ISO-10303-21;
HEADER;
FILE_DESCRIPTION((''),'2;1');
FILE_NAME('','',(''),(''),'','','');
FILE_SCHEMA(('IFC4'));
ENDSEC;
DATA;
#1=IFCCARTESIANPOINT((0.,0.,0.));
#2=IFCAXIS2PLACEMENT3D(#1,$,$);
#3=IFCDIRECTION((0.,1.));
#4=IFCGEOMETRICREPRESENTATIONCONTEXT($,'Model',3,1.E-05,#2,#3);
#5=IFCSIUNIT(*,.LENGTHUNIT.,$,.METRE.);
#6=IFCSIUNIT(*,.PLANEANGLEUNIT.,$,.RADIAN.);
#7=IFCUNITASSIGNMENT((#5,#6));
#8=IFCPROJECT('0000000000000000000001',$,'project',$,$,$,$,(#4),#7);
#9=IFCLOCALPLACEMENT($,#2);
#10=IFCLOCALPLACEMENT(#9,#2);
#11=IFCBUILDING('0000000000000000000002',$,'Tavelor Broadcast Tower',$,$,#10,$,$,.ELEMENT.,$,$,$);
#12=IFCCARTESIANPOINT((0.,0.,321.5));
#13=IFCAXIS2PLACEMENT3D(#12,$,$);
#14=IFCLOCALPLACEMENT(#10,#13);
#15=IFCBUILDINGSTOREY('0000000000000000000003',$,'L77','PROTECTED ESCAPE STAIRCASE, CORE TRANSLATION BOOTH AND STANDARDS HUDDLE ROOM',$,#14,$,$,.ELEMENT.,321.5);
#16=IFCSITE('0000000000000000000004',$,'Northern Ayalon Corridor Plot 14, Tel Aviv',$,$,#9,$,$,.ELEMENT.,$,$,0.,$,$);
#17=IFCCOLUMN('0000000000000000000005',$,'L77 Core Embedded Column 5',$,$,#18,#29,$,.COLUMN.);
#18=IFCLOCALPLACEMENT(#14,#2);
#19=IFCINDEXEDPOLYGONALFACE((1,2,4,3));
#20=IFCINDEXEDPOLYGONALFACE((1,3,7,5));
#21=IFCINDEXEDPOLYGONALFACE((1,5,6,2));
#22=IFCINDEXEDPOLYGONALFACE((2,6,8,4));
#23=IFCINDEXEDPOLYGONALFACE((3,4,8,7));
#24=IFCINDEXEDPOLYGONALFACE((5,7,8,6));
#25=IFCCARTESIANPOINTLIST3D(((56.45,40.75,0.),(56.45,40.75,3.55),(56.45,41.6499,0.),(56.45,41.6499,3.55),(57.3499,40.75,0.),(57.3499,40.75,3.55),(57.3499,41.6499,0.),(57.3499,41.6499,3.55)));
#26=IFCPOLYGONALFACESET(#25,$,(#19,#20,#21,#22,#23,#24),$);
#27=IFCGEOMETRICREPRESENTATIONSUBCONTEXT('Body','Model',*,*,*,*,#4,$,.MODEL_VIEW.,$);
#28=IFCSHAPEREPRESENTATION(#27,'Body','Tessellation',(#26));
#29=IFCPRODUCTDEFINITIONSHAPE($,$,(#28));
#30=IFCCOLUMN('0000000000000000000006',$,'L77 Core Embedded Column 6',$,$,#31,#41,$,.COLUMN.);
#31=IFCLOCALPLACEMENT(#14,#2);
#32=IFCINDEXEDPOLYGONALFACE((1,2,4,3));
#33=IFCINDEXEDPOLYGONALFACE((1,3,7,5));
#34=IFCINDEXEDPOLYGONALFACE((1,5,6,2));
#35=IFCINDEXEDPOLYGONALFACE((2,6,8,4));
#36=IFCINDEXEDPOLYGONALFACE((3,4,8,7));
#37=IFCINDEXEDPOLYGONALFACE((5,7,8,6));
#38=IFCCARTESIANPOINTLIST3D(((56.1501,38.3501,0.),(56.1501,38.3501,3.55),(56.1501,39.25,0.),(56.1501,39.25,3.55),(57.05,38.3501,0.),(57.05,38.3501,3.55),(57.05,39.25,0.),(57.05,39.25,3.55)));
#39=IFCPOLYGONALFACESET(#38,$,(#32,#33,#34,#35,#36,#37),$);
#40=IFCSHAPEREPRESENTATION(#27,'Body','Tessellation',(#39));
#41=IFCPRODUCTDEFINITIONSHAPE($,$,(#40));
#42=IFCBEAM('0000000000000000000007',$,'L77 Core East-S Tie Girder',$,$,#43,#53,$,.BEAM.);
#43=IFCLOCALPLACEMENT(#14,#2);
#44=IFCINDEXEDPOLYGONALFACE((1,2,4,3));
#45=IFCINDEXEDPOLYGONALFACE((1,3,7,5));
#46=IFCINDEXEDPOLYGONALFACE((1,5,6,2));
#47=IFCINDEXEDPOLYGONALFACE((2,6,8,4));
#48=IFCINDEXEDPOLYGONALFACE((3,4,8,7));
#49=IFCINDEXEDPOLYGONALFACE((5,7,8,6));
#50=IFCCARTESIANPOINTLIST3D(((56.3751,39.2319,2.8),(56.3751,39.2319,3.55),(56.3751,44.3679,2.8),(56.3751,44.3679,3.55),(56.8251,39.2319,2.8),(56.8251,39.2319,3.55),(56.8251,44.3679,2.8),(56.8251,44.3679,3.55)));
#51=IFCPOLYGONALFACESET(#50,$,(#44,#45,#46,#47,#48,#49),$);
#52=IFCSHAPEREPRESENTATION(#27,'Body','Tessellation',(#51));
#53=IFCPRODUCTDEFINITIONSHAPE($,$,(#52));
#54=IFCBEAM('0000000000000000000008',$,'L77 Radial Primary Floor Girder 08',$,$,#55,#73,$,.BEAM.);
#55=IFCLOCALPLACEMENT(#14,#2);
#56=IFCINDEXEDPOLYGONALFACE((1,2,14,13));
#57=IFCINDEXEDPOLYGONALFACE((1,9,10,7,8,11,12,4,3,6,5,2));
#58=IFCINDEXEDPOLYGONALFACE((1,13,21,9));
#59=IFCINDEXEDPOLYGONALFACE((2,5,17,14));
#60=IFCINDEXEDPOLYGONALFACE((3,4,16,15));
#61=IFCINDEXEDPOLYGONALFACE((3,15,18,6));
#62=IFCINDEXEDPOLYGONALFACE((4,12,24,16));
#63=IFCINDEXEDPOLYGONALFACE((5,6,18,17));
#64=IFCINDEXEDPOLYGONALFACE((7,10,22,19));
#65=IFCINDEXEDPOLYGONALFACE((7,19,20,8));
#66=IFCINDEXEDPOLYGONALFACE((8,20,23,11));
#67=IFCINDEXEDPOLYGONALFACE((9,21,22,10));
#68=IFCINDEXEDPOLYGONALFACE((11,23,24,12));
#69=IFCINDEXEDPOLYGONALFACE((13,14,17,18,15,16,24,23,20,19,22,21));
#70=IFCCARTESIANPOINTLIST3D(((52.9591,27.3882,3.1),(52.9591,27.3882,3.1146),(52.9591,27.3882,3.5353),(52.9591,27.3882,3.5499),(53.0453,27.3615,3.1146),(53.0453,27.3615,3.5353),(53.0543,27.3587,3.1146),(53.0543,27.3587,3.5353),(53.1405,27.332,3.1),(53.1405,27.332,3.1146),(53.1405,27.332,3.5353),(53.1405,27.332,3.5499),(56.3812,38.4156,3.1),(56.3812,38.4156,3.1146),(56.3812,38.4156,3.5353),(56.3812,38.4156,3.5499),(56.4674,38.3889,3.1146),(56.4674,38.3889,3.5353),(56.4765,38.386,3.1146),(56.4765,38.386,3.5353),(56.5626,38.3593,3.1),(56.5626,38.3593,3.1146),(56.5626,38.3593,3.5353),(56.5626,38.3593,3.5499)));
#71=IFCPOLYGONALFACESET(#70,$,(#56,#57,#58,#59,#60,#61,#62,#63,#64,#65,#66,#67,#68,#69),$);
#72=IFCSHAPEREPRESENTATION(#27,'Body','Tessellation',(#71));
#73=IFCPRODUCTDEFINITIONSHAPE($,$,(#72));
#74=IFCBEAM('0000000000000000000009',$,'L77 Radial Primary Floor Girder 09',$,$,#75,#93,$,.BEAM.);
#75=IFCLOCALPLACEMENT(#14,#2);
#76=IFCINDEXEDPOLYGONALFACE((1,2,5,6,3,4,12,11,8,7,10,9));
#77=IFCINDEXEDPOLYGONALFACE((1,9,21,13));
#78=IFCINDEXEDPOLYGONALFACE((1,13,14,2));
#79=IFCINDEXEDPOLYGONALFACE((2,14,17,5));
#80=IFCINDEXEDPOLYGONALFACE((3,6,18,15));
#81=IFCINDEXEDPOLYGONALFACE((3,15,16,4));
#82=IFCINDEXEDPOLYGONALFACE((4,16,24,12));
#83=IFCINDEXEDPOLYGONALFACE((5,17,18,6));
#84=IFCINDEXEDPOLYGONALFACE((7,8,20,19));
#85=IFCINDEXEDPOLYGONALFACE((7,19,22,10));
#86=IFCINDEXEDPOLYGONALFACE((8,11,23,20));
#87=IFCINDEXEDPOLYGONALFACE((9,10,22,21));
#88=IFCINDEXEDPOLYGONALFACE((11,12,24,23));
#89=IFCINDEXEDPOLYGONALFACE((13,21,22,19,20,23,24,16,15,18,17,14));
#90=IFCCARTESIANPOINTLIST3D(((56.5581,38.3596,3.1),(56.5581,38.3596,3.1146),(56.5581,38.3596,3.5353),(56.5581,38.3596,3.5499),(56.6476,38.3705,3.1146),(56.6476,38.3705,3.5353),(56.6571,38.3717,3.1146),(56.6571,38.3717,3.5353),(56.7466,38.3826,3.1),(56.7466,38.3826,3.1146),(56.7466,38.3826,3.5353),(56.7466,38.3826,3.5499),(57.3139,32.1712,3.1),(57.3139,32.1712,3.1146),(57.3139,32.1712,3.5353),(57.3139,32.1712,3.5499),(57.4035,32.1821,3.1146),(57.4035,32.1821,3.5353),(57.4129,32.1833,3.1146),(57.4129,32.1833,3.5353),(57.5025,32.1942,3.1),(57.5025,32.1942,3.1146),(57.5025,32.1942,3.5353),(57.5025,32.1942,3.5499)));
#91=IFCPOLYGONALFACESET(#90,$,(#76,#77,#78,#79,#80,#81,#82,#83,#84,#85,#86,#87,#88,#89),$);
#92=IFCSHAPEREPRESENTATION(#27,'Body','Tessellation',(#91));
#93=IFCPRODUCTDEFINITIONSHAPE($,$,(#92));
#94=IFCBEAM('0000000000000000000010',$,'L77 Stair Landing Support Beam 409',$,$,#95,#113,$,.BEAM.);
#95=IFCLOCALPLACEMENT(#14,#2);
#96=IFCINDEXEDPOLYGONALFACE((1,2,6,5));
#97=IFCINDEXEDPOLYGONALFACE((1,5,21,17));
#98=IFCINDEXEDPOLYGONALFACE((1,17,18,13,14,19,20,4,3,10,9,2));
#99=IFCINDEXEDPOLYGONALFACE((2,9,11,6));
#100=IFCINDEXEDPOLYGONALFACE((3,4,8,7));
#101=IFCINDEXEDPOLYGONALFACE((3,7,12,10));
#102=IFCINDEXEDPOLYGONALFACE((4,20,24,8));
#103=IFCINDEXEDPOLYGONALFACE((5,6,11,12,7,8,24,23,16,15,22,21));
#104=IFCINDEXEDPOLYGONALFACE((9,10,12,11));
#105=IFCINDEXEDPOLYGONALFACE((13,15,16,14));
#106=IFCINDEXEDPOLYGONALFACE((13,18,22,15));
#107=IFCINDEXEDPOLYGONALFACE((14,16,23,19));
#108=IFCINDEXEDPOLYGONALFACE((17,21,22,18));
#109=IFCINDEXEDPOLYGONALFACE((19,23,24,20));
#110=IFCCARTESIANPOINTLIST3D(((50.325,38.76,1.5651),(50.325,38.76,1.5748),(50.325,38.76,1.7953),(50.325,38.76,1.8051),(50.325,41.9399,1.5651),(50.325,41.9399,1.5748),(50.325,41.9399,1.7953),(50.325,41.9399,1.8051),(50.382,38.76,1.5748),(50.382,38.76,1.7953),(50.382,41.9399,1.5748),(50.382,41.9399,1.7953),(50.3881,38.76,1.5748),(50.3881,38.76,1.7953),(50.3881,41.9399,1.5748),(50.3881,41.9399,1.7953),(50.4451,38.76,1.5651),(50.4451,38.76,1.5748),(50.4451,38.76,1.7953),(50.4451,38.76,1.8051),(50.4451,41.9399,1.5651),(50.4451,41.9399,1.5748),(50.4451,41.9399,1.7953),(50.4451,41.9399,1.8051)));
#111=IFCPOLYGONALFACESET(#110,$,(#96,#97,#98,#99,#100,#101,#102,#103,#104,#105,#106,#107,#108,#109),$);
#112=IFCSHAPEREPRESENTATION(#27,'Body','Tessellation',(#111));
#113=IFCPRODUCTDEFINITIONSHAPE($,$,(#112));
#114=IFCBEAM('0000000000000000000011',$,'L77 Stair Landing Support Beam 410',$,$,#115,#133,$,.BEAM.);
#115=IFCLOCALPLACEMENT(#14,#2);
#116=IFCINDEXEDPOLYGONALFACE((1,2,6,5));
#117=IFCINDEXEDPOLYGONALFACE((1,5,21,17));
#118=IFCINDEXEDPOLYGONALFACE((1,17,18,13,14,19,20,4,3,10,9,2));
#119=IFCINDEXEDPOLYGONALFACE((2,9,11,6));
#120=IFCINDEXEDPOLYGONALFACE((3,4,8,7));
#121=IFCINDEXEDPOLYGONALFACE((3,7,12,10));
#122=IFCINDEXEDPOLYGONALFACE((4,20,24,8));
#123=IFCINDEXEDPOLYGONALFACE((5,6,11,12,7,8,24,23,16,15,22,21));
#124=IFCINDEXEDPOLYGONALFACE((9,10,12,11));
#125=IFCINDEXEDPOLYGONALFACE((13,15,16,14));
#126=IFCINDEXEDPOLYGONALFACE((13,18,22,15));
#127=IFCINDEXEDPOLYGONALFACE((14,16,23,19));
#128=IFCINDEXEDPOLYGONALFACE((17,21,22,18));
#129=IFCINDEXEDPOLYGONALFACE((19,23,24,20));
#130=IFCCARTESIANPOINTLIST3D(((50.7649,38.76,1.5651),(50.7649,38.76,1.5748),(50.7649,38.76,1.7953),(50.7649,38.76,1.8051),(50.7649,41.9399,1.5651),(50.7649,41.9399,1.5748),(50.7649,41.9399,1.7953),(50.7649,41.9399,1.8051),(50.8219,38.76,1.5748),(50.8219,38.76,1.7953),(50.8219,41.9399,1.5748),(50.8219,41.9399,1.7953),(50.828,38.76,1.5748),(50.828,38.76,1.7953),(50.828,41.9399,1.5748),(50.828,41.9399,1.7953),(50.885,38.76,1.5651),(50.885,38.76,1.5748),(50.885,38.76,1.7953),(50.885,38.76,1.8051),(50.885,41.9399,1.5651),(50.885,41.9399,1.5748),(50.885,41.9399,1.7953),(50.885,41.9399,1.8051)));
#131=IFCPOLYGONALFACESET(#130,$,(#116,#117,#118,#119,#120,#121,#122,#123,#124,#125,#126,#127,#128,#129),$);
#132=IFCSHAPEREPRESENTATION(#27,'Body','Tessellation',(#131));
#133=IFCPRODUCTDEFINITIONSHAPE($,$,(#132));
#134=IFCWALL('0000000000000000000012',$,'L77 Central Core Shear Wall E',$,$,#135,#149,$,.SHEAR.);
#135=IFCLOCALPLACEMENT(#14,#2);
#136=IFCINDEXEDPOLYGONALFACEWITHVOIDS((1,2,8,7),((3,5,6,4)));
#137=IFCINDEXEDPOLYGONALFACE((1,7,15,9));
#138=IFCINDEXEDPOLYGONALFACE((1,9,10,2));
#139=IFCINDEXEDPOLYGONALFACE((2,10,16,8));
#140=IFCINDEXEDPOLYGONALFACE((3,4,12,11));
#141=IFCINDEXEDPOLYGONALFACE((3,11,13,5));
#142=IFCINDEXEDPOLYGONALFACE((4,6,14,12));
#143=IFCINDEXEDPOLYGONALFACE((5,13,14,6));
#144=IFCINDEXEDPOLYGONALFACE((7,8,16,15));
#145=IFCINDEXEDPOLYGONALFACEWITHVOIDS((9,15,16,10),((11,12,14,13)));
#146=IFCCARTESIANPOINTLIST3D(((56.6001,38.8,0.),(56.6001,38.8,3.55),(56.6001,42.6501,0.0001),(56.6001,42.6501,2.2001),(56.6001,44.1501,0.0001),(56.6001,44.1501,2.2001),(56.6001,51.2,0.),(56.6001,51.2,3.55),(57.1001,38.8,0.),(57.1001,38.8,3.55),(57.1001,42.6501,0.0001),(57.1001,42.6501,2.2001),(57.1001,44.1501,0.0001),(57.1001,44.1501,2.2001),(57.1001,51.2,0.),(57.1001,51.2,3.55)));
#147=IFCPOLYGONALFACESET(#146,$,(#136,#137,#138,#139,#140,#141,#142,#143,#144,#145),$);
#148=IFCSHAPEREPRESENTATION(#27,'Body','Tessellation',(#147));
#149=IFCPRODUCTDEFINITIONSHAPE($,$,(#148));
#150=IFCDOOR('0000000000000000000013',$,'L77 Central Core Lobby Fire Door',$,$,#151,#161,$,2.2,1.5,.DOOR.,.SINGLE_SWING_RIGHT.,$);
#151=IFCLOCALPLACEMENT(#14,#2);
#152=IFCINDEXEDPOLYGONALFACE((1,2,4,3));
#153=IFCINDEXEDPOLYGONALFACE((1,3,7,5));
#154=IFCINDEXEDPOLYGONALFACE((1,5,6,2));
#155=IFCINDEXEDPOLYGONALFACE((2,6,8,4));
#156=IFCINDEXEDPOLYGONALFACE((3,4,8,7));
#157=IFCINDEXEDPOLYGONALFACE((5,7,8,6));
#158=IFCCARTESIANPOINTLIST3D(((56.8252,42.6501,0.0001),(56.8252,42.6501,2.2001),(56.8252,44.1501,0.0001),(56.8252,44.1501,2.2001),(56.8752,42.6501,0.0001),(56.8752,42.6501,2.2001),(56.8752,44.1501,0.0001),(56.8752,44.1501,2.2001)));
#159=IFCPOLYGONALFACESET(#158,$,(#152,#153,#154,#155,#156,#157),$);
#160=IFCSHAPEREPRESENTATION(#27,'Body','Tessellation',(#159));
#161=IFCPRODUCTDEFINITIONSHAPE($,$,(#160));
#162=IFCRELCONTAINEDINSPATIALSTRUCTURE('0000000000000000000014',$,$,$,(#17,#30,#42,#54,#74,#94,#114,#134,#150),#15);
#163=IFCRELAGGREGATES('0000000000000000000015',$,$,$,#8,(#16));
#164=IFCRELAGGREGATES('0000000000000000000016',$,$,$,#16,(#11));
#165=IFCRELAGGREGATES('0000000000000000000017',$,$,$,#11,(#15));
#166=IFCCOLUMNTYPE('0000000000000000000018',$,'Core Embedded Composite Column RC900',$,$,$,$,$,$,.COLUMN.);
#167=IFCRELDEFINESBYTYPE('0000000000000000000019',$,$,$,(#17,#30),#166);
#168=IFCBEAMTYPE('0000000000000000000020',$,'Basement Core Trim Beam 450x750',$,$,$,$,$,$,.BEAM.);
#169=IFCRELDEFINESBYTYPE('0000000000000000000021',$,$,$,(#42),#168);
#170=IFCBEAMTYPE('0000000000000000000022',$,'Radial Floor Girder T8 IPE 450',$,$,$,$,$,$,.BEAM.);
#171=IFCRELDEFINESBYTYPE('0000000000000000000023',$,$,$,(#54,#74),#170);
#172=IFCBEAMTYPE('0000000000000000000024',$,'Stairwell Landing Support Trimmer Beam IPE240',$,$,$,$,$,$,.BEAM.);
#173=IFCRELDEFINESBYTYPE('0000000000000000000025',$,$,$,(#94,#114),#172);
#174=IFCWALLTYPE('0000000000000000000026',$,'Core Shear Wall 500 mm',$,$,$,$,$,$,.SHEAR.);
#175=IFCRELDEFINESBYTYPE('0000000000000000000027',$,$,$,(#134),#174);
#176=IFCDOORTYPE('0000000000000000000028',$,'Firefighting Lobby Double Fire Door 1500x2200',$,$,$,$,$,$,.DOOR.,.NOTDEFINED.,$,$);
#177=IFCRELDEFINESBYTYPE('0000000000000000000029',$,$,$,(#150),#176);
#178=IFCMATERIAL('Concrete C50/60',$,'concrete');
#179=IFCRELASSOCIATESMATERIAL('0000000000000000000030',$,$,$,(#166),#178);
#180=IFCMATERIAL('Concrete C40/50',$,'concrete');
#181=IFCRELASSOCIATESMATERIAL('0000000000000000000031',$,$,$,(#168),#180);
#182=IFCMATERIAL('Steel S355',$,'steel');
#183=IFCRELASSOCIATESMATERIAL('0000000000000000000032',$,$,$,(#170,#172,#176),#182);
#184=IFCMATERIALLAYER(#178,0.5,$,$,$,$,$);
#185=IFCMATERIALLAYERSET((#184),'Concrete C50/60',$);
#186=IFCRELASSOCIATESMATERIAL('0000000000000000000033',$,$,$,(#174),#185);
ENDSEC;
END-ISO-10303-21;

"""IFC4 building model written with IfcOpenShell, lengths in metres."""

from ifc_helpers import new_model, si_unit, direction, frame, frame_2d, origin, origin_2d, place, context, subcontext, project, spatial, rectangle, i_section, extrude, material, layer, layer_set, material_profile, profile_set, type_object, element, fill, save


model = new_model("IFC4")

# Units and contexts
model_context = context("Model", 3, precision=1e-05, world=origin(), true_north=direction((0.0, 1.0)))
body_context = subcontext(model_context, "Body", "Model", "MODEL_VIEW")
ifc_project = project(units=[si_unit("LENGTHUNIT", "METRE"), si_unit("PLANEANGLEUNIT", "RADIAN")], contexts=[model_context])

# Site, building, storey
site_placement = place(None, origin())
site = spatial("IfcSite", under=ifc_project, at=site_placement, Name="Northern Ayalon Corridor Plot 14, Tel Aviv", CompositionType="ELEMENT", RefElevation=0.0)
building_placement = place(site_placement, origin())
building = spatial("IfcBuilding", under=site, at=building_placement, Name="Tavelor Broadcast Tower", CompositionType="ELEMENT")
storey_placement = place(building_placement, frame((0.0, 0.0, 321.5)))
storey = spatial("IfcBuildingStorey", under=building, at=storey_placement, Name="L77", Description="PROTECTED ESCAPE STAIRCASE, CORE TRANSLATION BOOTH AND STANDARDS HUDDLE ROOM", CompositionType="ELEMENT", Elevation=321.5)

# Columns
ifc_material_1 = material(Name="Concrete C50/60", Category="concrete")
ifc_material_profile_1 = material_profile(ifc_material_1, rectangle(XDim=0.8999, YDim=0.8999, at=origin_2d()), Name="RC 900x900")
ifc_profile_set_1 = profile_set([ifc_material_profile_1], Name="Concrete C50/60")
column_type = type_object("IfcColumnType", Name="Core Embedded Composite Column RC900", PredefinedType="COLUMN", material=ifc_profile_set_1)
for number, where, z_axis, x_axis, name in (
    (1, (56.8999, 41.2, 0.0), (0.0, 0.0, 1.0), (1.0, 0.0, 0.0), "L77 Core Embedded Column 5"),
    (2, (56.6001, 38.8, 0.0), (0.0, 0.0, 1.0), (1.0, 0.0, 0.0), "L77 Core Embedded Column 6"),
):
    element("IfcColumn", number, at=place(storey_placement, frame(where, z_axis=z_axis, x_axis=x_axis)), inside=storey, type_object=column_type, Name=name, PredefinedType="COLUMN", context=body_context, shape_type="SweptSolid", body=[
        extrude(rectangle(XDim=0.8999, YDim=0.8999, at=origin_2d()), origin(), (0.0, 0.0, 1.0), 3.55),
    ])

# Beams
ifc_material_2 = material(Name="Concrete C40/50", Category="concrete")
ifc_material_profile_2 = material_profile(ifc_material_2, rectangle(XDim=0.45, YDim=0.75, at=origin_2d()), Name="RC 450x750")
ifc_profile_set_2 = profile_set([ifc_material_profile_2], Name="Concrete C40/50")
beam_type_1 = type_object("IfcBeamType", Name="Basement Core Trim Beam 450x750", PredefinedType="BEAM", material=ifc_profile_set_2)
beam_1_placement = place(storey_placement, frame((56.6001, 39.2319, 3.175), z_axis=(0.0, 1.0, 0.0), x_axis=(-1.0, 0.0, 0.0)))
element("IfcBeam", 3, at=beam_1_placement, inside=storey, type_object=beam_type_1, Name="L77 Core East-S Tie Girder", PredefinedType="BEAM", context=body_context, shape_type="SweptSolid", body=[
    extrude(rectangle(XDim=0.45, YDim=0.75, at=origin_2d()), origin(), (0.0, 0.0, 1.0), 5.136),
])
ifc_material_3 = material(Name="Steel S355", Category="steel")
ifc_material_profile_3 = material_profile(ifc_material_3, i_section(OverallWidth=0.1899, OverallDepth=0.45, WebThickness=0.0095, FlangeThickness=0.0146, at=origin_2d()), Name="IPE 450")
ifc_profile_set_3 = profile_set([ifc_material_profile_3], Name="Steel S355")
beam_type_2 = type_object("IfcBeamType", Name="Radial Floor Girder T8 IPE 450", PredefinedType="BEAM", material=ifc_profile_set_3)
beam_2_placement = place(storey_placement, frame((56.4719, 38.3875, 3.325), z_axis=(-0.296387, -0.955068, 0.0), x_axis=(0.955068, -0.296387, 0.0)))
element("IfcBeam", 4, at=beam_2_placement, inside=storey, type_object=beam_type_2, Name="L77 Radial Primary Floor Girder 08", PredefinedType="BEAM", context=body_context, shape_type="SweptSolid", body=[
    extrude(i_section(OverallWidth=0.1899, OverallDepth=0.45, WebThickness=0.0095, FlangeThickness=0.0146, at=origin_2d()), origin(), (0.0, 0.0, 1.0), 11.5461),
])
beam_3_placement = place(storey_placement, frame((56.6523, 38.3711, 3.325), z_axis=(0.121239, -0.992623, 0.0), x_axis=(0.992623, 0.121239, 0.0)))
element("IfcBeam", 5, at=beam_3_placement, inside=storey, type_object=beam_type_2, Name="L77 Radial Primary Floor Girder 09", PredefinedType="BEAM", context=body_context, shape_type="SweptSolid", body=[
    extrude(i_section(OverallWidth=0.1899, OverallDepth=0.45, WebThickness=0.0095, FlangeThickness=0.0146, at=origin_2d()), origin(), (0.0, 0.0, 1.0), 6.2344),
])
ifc_material_profile_4 = material_profile(ifc_material_3, i_section(OverallWidth=0.1201, OverallDepth=0.24, WebThickness=0.0061, FlangeThickness=0.0098, at=origin_2d()), Name="IPE 240")
ifc_profile_set_4 = profile_set([ifc_material_profile_4], Name="Steel S355")
beam_type_3 = type_object("IfcBeamType", Name="Stairwell Landing Support Trimmer Beam IPE240", PredefinedType="BEAM", material=ifc_profile_set_4)
for number, where, z_axis, x_axis, name in (
    (6, (50.385, 38.76, 1.6851), (0.0, 1.0, 0.0), (-1.0, 0.0, 0.0), "L77 Stair Landing Support Beam 409"),
    (7, (50.825, 38.76, 1.6851), (0.0, 1.0, 0.0), (-1.0, 0.0, 0.0), "L77 Stair Landing Support Beam 410"),
):
    element("IfcBeam", number, at=place(storey_placement, frame(where, z_axis=z_axis, x_axis=x_axis)), inside=storey, type_object=beam_type_3, Name=name, PredefinedType="BEAM", context=body_context, shape_type="SweptSolid", body=[
        extrude(i_section(OverallWidth=0.1201, OverallDepth=0.24, WebThickness=0.0061, FlangeThickness=0.0098, at=origin_2d()), origin(), (0.0, 0.0, 1.0), 3.1799),
    ])

# Wall, opening, door
ifc_layer_1 = layer(ifc_material_1, 0.5)
ifc_layer_set_1 = layer_set([ifc_layer_1], Name="Concrete C50/60")
wall_type_1 = type_object("IfcWallType", Name="Core Shear Wall 500 mm", PredefinedType="SHEAR", material=ifc_layer_set_1)
wall_1_placement = place(storey_placement, frame((56.8501, 38.8, 0.0), z_axis=(0.0, 0.0, 1.0), x_axis=(0.0, 1.0, 0.0)))
wall_1 = element("IfcWall", 8, at=wall_1_placement, inside=storey, type_object=wall_type_1, Name="L77 Central Core Shear Wall E", PredefinedType="SHEAR", context=body_context, shape_type="SweptSolid", body=[
    extrude(rectangle(XDim=12.3999, YDim=0.5, at=frame_2d((6.2, 0.0))), origin(), (0.0, 0.0, 1.0), 3.55),
])
opening_1_placement = place(wall_1_placement, frame((3.8501, 0.0, 0.0)))
opening_1 = element("IfcOpeningElement", 9, at=opening_1_placement, cuts=wall_1, PredefinedType="OPENING", context=body_context, shape_type="SweptSolid", body=[
    extrude(rectangle(XDim=1.5, YDim=2.2, at=frame_2d((0.75, 1.1001))), frame((0.0, 0.26, 0.0), z_axis=(0.0, -1.0, 0.0), x_axis=(1.0, 0.0, 0.0)), (0.0, 0.0, 1.0), 0.52),
])
door_type_1 = type_object("IfcDoorType", Name="Firefighting Lobby Double Fire Door 1500x2200", OperationType="NOTDEFINED", PredefinedType="DOOR", material=ifc_material_3)
door_1_placement = place(opening_1_placement, origin())
door_1 = element("IfcDoor", 10, at=door_1_placement, inside=storey, type_object=door_type_1, Name="L77 Central Core Lobby Fire Door", OperationType="SINGLE_SWING_RIGHT", OverallHeight=2.2, OverallWidth=1.5, PredefinedType="DOOR", context=body_context, shape_type="SweptSolid", body=[
    extrude(rectangle(XDim=1.5, YDim=2.2, at=frame_2d((0.75, 1.1001))), frame((0.0, 0.0249, 0.0), z_axis=(0.0, -1.0, 0.0), x_axis=(1.0, 0.0, 0.0)), (0.0, 0.0, 1.0), 0.05),
])
fill(opening_1, door_1)

save(model, "model.ifc")
